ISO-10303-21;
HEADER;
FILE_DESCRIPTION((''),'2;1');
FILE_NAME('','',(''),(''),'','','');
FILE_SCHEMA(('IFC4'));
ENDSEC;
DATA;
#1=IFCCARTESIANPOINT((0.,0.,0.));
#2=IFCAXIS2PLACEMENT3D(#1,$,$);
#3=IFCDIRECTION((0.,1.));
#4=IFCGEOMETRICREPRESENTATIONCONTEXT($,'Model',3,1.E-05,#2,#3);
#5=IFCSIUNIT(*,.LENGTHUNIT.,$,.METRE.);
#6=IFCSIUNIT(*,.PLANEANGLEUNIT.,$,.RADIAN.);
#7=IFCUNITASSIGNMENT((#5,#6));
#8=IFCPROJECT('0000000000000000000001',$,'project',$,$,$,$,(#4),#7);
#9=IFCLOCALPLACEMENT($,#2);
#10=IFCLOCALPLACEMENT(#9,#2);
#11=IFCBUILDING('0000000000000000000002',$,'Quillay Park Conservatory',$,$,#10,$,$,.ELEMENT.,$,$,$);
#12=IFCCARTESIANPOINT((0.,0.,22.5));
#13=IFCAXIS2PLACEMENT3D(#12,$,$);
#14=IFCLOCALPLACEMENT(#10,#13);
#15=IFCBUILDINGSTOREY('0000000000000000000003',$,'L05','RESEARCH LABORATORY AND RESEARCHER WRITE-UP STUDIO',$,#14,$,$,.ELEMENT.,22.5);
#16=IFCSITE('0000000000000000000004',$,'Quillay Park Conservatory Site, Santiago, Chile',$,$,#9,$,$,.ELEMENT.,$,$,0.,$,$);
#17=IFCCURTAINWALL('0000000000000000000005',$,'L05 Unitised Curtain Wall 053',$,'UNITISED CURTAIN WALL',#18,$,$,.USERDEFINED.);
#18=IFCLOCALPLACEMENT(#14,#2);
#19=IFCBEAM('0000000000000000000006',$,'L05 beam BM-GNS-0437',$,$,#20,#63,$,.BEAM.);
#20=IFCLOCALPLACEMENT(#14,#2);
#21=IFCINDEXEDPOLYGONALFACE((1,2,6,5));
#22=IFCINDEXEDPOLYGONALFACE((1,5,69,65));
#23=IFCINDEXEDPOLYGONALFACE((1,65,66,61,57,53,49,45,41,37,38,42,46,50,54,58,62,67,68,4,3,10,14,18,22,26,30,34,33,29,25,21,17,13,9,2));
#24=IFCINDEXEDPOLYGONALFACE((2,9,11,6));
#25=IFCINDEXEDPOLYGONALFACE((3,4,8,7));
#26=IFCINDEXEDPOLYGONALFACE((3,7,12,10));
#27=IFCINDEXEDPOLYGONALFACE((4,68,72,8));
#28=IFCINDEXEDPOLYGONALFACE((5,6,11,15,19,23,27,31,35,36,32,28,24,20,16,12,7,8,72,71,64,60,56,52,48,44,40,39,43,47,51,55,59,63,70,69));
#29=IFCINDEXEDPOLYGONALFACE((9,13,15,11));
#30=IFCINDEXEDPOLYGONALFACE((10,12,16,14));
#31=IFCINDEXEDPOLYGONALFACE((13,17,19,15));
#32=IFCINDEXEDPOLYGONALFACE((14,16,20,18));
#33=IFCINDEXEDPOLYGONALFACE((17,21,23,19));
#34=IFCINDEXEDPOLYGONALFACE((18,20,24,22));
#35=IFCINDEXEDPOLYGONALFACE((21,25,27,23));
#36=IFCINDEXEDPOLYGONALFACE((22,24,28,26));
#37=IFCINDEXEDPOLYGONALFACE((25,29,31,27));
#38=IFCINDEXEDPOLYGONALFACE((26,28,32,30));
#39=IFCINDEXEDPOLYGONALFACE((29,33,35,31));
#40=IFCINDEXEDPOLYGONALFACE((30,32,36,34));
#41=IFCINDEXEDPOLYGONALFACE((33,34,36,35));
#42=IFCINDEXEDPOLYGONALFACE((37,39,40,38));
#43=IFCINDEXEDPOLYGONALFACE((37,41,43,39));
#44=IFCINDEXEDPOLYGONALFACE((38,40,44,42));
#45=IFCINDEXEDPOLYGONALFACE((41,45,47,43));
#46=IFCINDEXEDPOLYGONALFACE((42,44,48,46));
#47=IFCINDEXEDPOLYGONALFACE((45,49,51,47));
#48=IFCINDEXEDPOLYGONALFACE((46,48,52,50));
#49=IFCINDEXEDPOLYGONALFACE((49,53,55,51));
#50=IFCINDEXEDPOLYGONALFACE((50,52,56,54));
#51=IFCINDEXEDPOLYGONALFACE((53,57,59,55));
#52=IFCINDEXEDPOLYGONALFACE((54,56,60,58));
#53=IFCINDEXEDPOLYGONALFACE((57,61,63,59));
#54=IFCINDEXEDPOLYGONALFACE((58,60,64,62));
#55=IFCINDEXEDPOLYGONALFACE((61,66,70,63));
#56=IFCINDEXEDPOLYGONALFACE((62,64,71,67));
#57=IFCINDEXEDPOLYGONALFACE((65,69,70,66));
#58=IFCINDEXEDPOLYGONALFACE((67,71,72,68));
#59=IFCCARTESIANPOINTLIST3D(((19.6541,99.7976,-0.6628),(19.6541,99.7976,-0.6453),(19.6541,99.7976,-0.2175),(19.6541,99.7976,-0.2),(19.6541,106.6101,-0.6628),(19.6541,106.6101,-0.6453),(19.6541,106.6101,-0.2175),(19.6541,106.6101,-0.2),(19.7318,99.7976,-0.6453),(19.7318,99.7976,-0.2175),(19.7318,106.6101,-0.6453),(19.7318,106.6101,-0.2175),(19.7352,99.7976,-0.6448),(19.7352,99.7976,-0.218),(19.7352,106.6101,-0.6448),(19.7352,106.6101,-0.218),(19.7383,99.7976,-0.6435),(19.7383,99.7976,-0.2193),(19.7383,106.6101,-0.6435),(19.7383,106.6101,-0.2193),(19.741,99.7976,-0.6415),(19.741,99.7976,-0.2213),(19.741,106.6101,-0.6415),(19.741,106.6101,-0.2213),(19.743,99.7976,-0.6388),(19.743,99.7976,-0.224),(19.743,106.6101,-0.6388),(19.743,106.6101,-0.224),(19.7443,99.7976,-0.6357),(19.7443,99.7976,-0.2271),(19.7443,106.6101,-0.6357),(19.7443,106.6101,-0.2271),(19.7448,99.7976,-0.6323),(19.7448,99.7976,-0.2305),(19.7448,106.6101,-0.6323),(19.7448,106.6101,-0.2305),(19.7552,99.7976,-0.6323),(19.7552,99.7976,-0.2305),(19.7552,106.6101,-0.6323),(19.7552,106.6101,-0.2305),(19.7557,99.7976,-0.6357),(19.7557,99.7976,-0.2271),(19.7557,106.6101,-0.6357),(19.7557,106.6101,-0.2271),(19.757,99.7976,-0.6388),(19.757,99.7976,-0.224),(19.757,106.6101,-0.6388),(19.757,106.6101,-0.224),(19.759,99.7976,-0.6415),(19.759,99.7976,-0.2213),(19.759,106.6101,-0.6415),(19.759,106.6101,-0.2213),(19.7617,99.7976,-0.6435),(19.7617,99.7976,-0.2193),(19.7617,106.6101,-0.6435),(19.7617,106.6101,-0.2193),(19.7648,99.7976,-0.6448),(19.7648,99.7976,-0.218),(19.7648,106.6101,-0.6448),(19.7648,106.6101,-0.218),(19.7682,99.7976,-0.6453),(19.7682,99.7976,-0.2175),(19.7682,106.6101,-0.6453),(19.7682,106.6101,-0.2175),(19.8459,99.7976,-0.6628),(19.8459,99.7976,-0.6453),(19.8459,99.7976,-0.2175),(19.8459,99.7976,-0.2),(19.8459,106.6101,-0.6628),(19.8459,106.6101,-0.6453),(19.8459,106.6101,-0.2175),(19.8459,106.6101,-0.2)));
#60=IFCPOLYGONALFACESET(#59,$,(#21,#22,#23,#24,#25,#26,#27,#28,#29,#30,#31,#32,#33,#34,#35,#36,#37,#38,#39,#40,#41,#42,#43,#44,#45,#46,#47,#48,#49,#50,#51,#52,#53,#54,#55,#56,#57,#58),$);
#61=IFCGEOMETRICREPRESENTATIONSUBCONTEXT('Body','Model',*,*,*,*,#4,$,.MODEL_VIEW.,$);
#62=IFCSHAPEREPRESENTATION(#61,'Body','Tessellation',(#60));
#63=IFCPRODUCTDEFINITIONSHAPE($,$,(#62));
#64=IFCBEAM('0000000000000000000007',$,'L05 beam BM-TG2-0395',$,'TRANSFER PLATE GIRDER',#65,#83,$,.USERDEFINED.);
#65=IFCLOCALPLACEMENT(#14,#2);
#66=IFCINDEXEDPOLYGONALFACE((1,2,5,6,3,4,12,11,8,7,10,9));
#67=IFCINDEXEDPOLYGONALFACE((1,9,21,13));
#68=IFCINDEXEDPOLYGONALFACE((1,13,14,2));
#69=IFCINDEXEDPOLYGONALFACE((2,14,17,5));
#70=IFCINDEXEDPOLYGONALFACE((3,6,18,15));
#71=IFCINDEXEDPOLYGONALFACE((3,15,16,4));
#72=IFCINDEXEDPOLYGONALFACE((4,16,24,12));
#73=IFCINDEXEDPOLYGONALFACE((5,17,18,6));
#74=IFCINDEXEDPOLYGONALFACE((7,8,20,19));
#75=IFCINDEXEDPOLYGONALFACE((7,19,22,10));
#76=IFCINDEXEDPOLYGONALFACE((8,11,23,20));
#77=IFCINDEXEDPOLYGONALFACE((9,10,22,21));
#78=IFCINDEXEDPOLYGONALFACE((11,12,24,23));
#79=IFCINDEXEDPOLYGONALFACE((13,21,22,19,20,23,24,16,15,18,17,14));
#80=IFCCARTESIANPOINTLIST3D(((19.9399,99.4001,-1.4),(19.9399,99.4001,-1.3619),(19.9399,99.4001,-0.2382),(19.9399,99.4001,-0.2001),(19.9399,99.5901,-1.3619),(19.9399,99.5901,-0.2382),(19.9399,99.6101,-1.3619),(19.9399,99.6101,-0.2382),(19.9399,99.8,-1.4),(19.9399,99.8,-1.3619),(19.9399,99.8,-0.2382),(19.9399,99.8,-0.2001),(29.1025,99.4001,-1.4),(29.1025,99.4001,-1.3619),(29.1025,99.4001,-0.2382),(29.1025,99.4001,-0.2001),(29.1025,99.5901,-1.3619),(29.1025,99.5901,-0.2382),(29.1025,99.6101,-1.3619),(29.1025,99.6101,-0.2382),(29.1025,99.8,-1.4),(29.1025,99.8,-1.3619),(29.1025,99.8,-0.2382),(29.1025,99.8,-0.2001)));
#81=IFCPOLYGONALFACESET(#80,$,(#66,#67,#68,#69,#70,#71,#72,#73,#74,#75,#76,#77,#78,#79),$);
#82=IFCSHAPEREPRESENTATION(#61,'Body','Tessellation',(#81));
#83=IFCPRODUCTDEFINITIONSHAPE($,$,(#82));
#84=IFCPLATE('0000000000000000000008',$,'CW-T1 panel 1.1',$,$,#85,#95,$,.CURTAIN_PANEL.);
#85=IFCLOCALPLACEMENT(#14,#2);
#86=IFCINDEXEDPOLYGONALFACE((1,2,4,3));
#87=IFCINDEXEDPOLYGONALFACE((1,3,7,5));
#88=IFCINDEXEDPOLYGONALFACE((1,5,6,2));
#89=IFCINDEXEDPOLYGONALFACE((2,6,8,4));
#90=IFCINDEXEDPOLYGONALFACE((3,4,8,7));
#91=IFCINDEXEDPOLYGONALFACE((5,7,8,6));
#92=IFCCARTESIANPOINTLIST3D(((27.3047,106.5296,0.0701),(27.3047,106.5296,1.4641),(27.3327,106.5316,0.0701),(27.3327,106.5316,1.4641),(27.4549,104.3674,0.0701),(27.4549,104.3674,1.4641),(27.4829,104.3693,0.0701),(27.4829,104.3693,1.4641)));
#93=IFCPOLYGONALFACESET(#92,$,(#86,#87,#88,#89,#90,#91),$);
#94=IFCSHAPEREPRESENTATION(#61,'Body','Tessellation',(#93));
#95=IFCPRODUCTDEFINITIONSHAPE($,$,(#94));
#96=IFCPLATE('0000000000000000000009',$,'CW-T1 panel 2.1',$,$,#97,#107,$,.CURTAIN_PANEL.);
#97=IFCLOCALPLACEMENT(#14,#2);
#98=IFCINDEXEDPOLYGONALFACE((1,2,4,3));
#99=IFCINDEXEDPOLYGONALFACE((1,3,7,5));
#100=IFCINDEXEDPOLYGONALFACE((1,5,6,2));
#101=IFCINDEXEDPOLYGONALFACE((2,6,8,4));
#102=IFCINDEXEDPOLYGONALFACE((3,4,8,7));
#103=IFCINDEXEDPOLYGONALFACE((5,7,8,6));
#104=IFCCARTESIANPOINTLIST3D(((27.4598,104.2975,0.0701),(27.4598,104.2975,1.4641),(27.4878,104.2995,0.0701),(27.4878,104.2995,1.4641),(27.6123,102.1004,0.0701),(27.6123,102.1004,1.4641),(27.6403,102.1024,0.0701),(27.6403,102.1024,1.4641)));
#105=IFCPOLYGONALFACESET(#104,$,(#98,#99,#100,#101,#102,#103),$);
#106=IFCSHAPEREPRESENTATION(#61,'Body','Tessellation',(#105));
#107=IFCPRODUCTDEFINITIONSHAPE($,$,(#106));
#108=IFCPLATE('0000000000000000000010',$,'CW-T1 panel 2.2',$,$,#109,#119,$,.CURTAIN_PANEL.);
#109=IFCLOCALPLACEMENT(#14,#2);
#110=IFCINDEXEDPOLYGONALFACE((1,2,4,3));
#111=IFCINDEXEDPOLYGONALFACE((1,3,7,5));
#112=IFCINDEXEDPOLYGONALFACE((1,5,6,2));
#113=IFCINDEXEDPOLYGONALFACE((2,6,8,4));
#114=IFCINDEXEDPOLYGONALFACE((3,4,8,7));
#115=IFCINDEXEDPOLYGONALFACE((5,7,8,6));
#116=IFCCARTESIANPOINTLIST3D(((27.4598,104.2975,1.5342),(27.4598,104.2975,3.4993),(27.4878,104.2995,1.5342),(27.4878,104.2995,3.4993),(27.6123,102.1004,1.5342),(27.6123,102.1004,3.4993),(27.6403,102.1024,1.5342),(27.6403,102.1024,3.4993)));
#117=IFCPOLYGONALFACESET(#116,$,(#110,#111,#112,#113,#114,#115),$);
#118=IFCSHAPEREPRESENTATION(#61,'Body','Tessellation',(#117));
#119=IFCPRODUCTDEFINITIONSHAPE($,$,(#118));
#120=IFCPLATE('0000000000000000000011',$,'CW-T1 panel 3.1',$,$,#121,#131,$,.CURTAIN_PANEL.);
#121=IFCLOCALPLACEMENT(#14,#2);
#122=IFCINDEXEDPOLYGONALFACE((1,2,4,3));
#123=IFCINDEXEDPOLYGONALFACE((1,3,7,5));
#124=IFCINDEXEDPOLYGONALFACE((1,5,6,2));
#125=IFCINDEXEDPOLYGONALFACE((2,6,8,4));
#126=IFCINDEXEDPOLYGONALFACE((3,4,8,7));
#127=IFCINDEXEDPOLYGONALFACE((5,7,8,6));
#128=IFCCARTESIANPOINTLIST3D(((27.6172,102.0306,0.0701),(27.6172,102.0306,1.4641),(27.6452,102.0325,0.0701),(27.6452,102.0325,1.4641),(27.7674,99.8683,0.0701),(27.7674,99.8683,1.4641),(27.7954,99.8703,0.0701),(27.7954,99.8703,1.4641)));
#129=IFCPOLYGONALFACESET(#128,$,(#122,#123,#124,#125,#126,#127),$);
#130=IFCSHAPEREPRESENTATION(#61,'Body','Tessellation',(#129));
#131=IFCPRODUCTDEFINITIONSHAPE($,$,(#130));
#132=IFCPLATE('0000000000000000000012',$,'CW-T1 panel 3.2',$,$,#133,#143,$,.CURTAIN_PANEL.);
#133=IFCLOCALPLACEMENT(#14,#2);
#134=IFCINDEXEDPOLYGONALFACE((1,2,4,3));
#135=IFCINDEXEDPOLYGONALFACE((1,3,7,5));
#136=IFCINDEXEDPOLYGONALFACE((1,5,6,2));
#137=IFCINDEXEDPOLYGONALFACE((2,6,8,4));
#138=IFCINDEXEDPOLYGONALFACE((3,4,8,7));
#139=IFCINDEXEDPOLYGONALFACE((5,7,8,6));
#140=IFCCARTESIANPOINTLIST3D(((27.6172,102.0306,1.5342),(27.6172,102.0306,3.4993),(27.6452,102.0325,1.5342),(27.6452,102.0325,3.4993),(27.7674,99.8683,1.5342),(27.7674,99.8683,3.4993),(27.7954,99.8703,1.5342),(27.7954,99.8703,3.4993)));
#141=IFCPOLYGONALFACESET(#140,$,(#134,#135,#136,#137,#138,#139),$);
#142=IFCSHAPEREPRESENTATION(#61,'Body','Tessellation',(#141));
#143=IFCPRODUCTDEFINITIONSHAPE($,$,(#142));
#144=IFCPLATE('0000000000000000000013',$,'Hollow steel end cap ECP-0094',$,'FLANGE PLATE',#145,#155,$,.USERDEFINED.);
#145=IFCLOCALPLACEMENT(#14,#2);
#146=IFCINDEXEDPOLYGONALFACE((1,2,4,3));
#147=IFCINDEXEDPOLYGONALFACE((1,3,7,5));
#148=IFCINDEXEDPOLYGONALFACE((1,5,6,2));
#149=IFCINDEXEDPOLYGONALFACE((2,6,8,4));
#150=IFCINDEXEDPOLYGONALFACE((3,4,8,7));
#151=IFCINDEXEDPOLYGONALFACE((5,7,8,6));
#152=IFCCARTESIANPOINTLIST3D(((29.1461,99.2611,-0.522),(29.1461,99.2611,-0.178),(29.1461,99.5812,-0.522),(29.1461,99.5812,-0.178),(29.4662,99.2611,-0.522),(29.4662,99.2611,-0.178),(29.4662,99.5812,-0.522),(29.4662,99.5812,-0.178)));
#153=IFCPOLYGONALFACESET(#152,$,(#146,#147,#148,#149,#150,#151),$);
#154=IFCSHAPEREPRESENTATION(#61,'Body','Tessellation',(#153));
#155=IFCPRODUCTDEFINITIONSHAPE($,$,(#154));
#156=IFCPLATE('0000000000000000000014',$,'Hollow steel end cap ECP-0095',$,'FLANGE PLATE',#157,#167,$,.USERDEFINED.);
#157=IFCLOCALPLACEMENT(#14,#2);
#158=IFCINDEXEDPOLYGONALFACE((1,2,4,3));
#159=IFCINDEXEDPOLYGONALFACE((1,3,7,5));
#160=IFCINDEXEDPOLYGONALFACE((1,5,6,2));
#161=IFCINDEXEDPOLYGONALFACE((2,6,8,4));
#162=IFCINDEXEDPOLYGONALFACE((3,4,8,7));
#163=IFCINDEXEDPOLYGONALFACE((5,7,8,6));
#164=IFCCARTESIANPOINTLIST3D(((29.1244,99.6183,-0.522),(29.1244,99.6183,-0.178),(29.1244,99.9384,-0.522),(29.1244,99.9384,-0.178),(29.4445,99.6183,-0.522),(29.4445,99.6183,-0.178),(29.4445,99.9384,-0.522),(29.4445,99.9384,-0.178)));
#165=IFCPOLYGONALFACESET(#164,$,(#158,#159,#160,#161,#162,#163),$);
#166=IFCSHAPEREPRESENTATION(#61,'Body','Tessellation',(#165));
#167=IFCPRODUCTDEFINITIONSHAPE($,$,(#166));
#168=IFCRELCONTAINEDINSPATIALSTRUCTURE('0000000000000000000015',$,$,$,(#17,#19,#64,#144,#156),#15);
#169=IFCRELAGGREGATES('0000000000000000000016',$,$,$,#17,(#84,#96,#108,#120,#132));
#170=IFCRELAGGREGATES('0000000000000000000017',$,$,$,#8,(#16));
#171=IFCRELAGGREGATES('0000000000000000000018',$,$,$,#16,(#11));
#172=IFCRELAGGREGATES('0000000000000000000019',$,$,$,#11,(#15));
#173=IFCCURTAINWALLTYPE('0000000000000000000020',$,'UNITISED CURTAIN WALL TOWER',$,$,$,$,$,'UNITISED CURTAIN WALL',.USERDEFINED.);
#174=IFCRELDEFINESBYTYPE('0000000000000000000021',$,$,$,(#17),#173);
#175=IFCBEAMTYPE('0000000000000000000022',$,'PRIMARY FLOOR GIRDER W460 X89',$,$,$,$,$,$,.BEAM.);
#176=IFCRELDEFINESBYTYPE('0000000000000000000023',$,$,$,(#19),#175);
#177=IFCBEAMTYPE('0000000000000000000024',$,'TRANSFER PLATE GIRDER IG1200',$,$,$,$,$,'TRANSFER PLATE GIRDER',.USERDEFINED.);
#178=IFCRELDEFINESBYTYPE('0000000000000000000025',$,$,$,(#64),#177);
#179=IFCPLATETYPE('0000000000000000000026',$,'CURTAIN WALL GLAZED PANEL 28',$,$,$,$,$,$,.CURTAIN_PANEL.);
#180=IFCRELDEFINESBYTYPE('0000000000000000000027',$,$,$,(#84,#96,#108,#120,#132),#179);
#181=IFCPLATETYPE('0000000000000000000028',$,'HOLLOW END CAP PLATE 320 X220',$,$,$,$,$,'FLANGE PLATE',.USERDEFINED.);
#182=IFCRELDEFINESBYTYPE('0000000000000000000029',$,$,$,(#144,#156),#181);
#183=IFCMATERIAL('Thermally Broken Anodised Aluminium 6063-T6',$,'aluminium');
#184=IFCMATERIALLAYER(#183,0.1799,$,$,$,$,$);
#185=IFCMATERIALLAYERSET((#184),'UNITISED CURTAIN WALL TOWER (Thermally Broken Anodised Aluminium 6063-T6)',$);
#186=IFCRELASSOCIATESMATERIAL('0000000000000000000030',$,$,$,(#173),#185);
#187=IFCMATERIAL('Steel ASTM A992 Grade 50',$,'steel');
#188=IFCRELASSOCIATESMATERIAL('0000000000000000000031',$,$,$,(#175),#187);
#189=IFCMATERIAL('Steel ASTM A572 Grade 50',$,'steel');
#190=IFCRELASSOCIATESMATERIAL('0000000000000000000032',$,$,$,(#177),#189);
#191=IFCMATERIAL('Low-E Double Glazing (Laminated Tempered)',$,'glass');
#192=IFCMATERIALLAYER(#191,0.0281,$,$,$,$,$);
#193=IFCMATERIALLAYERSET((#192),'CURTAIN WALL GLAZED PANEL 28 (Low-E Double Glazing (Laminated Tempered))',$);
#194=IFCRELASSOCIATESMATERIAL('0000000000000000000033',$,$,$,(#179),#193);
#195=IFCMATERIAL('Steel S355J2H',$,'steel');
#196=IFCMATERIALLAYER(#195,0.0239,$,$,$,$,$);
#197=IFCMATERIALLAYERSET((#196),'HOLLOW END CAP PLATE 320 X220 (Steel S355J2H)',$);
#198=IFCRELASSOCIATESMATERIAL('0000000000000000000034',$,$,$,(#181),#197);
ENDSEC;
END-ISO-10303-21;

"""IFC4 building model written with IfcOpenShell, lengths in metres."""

from ifc_helpers import new_model, si_unit, direction, frame, origin, origin_2d, place, context, subcontext, project, spatial, rectangle, i_section, extrude, material, layer, layer_set, material_profile, profile_set, type_object, element, aggregate, save


model = new_model("IFC4")

# Units and contexts
model_context = context("Model", 3, precision=1e-05, world=origin(), true_north=direction((0.0, 1.0)))
body_context = subcontext(model_context, "Body", "Model", "MODEL_VIEW")
ifc_project = project(units=[si_unit("LENGTHUNIT", "METRE"), si_unit("PLANEANGLEUNIT", "RADIAN")], contexts=[model_context])

# Site, building, storey
site_placement = place(None, origin())
site = spatial("IfcSite", under=ifc_project, at=site_placement, Name="Quillay Park Conservatory Site, Santiago, Chile", CompositionType="ELEMENT", RefElevation=0.0)
building_placement = place(site_placement, origin())
building = spatial("IfcBuilding", under=site, at=building_placement, Name="Quillay Park Conservatory", CompositionType="ELEMENT")
storey_placement = place(building_placement, frame((0.0, 0.0, 22.5)))
storey = spatial("IfcBuildingStorey", under=building, at=storey_placement, Name="L05", Description="RESEARCH LABORATORY AND RESEARCHER WRITE-UP STUDIO", CompositionType="ELEMENT", Elevation=22.5)

# Curtain wall
ifc_material_1 = material(Name="Thermally Broken Anodised Aluminium 6063-T6", Category="aluminium")
ifc_layer_1 = layer(ifc_material_1, 0.1799)
ifc_layer_set_1 = layer_set([ifc_layer_1], Name="UNITISED CURTAIN WALL TOWER (Thermally Broken Anodised Aluminium 6063-T6)")
curtain_wall_type = type_object("IfcCurtainWallType", Name="UNITISED CURTAIN WALL TOWER", ElementType="UNITISED CURTAIN WALL", PredefinedType="USERDEFINED", material=ifc_layer_set_1)
curtain_wall_placement = place(storey_placement, origin())
curtain_wall = element("IfcCurtainWall", 1, at=curtain_wall_placement, inside=storey, type_object=curtain_wall_type, Name="L05 Unitised Curtain Wall 053", ObjectType="UNITISED CURTAIN WALL", PredefinedType="USERDEFINED")

# Beams
ifc_material_2 = material(Name="Steel ASTM A992 Grade 50", Category="steel")
ifc_material_profile_1 = material_profile(ifc_material_2, i_section(OverallWidth=0.1919, OverallDepth=0.4629, WebThickness=0.0105, FlangeThickness=0.0176, FilletRadius=0.0129, at=origin_2d()), Name="W460x89")
ifc_profile_set_1 = profile_set([ifc_material_profile_1], Name="Steel ASTM A992 Grade 50")
beam_type_1 = type_object("IfcBeamType", Name="PRIMARY FLOOR GIRDER W460 X89", PredefinedType="BEAM", material=ifc_profile_set_1)
beam_1_placement = place(storey_placement, frame((19.75, 99.7976, -0.4314), z_axis=(0.0, 1.0, 0.0), x_axis=(-1.0, 0.0, 0.0)))
element("IfcBeam", 2, at=beam_1_placement, inside=storey, type_object=beam_type_1, Name="L05 beam BM-GNS-0437", PredefinedType="BEAM", context=body_context, shape_type="SweptSolid", body=[
    extrude(i_section(OverallWidth=0.1919, OverallDepth=0.4629, WebThickness=0.0105, FlangeThickness=0.0176, FilletRadius=0.0129, at=origin_2d()), origin(), (0.0, 0.0, 1.0), 6.8125),
])
ifc_material_3 = material(Name="Steel ASTM A572 Grade 50", Category="steel")
ifc_material_profile_2 = material_profile(ifc_material_3, i_section(OverallWidth=0.3999, OverallDepth=1.2, WebThickness=0.02, FlangeThickness=0.0381, at=origin_2d()), Name="IG1200x400")
ifc_profile_set_2 = profile_set([ifc_material_profile_2], Name="Steel ASTM A572 Grade 50")
beam_type_2 = type_object("IfcBeamType", Name="TRANSFER PLATE GIRDER IG1200", ElementType="TRANSFER PLATE GIRDER", PredefinedType="USERDEFINED", material=ifc_profile_set_2)
beam_2_placement = place(storey_placement, frame((19.9399, 99.6001, -0.8), z_axis=(1.0, 0.0, 0.0), x_axis=(0.0, 1.0, 0.0)))
element("IfcBeam", 3, at=beam_2_placement, inside=storey, type_object=beam_type_2, Name="L05 beam BM-TG2-0395", ObjectType="TRANSFER PLATE GIRDER", PredefinedType="USERDEFINED", context=body_context, shape_type="SweptSolid", body=[
    extrude(i_section(OverallWidth=0.3999, OverallDepth=1.2, WebThickness=0.02, FlangeThickness=0.0381, at=origin_2d()), origin(), (0.0, 0.0, 1.0), 9.1626),
])

# Plates
ifc_material_4 = material(Name="Low-E Double Glazing (Laminated Tempered)", Category="glass")
ifc_layer_2 = layer(ifc_material_4, 0.0281)
ifc_layer_set_2 = layer_set([ifc_layer_2], Name="CURTAIN WALL GLAZED PANEL 28 (Low-E Double Glazing (Laminated Tempered))")
plate_type_1 = type_object("IfcPlateType", Name="CURTAIN WALL GLAZED PANEL 28", PredefinedType="CURTAIN_PANEL", material=ifc_layer_set_2)
plate_1_placement = place(storey_placement, frame((27.3938, 105.4495, 0.0701), z_axis=(0.0, 0.0, 1.0), x_axis=(0.069264, -0.997598, 0.0)))
plate_1 = element("IfcPlate", 4, at=plate_1_placement, type_object=plate_type_1, Name="CW-T1 panel 1.1", PredefinedType="CURTAIN_PANEL", context=body_context, shape_type="SweptSolid", body=[
    extrude(rectangle(XDim=2.1675, YDim=0.0281, at=origin_2d()), origin(), (0.0, 0.0, 1.0), 1.394),
])
plate_2_placement = place(storey_placement, frame((27.55, 103.2, 0.0701), z_axis=(0.0, 0.0, 1.0), x_axis=(0.069264, -0.997598, 0.0)))
plate_2 = element("IfcPlate", 5, at=plate_2_placement, type_object=plate_type_1, Name="CW-T1 panel 2.1", PredefinedType="CURTAIN_PANEL", context=body_context, shape_type="SweptSolid", body=[
    extrude(rectangle(XDim=2.2024, YDim=0.0281, at=origin_2d()), origin(), (0.0, 0.0, 1.0), 1.394),
])
plate_3_placement = place(storey_placement, frame((27.55, 103.2, 1.5342), z_axis=(0.0, 0.0, 1.0), x_axis=(0.069264, -0.997598, 0.0)))
plate_3 = element("IfcPlate", 6, at=plate_3_placement, type_object=plate_type_1, Name="CW-T1 panel 2.2", PredefinedType="CURTAIN_PANEL", context=body_context, shape_type="SweptSolid", body=[
    extrude(rectangle(XDim=2.2024, YDim=0.0281, at=origin_2d()), origin(), (0.0, 0.0, 1.0), 1.9651),
])
plate_4_placement = place(storey_placement, frame((27.7063, 100.9504, 0.0701), z_axis=(0.0, 0.0, 1.0), x_axis=(0.069264, -0.997598, 0.0)))
plate_4 = element("IfcPlate", 7, at=plate_4_placement, type_object=plate_type_1, Name="CW-T1 panel 3.1", PredefinedType="CURTAIN_PANEL", context=body_context, shape_type="SweptSolid", body=[
    extrude(rectangle(XDim=2.1675, YDim=0.0281, at=origin_2d()), origin(), (0.0, 0.0, 1.0), 1.394),
])
plate_5_placement = place(storey_placement, frame((27.7063, 100.9504, 1.5342), z_axis=(0.0, 0.0, 1.0), x_axis=(0.069264, -0.997598, 0.0)))
plate_5 = element("IfcPlate", 8, at=plate_5_placement, type_object=plate_type_1, Name="CW-T1 panel 3.2", PredefinedType="CURTAIN_PANEL", context=body_context, shape_type="SweptSolid", body=[
    extrude(rectangle(XDim=2.1675, YDim=0.0281, at=origin_2d()), origin(), (0.0, 0.0, 1.0), 1.9651),
])
aggregate(curtain_wall, [plate_1, plate_2, plate_3, plate_4, plate_5])

# Plates
ifc_material_5 = material(Name="Steel S355J2H", Category="steel")
ifc_layer_3 = layer(ifc_material_5, 0.0239)
ifc_layer_set_3 = layer_set([ifc_layer_3], Name="HOLLOW END CAP PLATE 320 X220 (Steel S355J2H)")
plate_type_2 = type_object("IfcPlateType", Name="HOLLOW END CAP PLATE 320 X220", ElementType="FLANGE PLATE", PredefinedType="USERDEFINED", material=ifc_layer_set_3)
for number, where, z_axis, x_axis, name in (
    (9, (29.3062, 99.4211, -0.522), (0.0, 0.0, 1.0), (1.0, 0.0, 0.0), "Hollow steel end cap ECP-0094"),
    (10, (29.2844, 99.7783, -0.522), (0.0, 0.0, 1.0), (1.0, 0.0, 0.0), "Hollow steel end cap ECP-0095"),
):
    element("IfcPlate", number, at=place(storey_placement, frame(where, z_axis=z_axis, x_axis=x_axis)), inside=storey, type_object=plate_type_2, Name=name, ObjectType="FLANGE PLATE", PredefinedType="USERDEFINED", context=body_context, shape_type="SweptSolid", body=[
        extrude(rectangle(XDim=0.3201, YDim=0.3201, at=origin_2d()), origin(), (0.0, 0.0, 1.0), 0.344),
    ])

save(model, "model.ifc")
